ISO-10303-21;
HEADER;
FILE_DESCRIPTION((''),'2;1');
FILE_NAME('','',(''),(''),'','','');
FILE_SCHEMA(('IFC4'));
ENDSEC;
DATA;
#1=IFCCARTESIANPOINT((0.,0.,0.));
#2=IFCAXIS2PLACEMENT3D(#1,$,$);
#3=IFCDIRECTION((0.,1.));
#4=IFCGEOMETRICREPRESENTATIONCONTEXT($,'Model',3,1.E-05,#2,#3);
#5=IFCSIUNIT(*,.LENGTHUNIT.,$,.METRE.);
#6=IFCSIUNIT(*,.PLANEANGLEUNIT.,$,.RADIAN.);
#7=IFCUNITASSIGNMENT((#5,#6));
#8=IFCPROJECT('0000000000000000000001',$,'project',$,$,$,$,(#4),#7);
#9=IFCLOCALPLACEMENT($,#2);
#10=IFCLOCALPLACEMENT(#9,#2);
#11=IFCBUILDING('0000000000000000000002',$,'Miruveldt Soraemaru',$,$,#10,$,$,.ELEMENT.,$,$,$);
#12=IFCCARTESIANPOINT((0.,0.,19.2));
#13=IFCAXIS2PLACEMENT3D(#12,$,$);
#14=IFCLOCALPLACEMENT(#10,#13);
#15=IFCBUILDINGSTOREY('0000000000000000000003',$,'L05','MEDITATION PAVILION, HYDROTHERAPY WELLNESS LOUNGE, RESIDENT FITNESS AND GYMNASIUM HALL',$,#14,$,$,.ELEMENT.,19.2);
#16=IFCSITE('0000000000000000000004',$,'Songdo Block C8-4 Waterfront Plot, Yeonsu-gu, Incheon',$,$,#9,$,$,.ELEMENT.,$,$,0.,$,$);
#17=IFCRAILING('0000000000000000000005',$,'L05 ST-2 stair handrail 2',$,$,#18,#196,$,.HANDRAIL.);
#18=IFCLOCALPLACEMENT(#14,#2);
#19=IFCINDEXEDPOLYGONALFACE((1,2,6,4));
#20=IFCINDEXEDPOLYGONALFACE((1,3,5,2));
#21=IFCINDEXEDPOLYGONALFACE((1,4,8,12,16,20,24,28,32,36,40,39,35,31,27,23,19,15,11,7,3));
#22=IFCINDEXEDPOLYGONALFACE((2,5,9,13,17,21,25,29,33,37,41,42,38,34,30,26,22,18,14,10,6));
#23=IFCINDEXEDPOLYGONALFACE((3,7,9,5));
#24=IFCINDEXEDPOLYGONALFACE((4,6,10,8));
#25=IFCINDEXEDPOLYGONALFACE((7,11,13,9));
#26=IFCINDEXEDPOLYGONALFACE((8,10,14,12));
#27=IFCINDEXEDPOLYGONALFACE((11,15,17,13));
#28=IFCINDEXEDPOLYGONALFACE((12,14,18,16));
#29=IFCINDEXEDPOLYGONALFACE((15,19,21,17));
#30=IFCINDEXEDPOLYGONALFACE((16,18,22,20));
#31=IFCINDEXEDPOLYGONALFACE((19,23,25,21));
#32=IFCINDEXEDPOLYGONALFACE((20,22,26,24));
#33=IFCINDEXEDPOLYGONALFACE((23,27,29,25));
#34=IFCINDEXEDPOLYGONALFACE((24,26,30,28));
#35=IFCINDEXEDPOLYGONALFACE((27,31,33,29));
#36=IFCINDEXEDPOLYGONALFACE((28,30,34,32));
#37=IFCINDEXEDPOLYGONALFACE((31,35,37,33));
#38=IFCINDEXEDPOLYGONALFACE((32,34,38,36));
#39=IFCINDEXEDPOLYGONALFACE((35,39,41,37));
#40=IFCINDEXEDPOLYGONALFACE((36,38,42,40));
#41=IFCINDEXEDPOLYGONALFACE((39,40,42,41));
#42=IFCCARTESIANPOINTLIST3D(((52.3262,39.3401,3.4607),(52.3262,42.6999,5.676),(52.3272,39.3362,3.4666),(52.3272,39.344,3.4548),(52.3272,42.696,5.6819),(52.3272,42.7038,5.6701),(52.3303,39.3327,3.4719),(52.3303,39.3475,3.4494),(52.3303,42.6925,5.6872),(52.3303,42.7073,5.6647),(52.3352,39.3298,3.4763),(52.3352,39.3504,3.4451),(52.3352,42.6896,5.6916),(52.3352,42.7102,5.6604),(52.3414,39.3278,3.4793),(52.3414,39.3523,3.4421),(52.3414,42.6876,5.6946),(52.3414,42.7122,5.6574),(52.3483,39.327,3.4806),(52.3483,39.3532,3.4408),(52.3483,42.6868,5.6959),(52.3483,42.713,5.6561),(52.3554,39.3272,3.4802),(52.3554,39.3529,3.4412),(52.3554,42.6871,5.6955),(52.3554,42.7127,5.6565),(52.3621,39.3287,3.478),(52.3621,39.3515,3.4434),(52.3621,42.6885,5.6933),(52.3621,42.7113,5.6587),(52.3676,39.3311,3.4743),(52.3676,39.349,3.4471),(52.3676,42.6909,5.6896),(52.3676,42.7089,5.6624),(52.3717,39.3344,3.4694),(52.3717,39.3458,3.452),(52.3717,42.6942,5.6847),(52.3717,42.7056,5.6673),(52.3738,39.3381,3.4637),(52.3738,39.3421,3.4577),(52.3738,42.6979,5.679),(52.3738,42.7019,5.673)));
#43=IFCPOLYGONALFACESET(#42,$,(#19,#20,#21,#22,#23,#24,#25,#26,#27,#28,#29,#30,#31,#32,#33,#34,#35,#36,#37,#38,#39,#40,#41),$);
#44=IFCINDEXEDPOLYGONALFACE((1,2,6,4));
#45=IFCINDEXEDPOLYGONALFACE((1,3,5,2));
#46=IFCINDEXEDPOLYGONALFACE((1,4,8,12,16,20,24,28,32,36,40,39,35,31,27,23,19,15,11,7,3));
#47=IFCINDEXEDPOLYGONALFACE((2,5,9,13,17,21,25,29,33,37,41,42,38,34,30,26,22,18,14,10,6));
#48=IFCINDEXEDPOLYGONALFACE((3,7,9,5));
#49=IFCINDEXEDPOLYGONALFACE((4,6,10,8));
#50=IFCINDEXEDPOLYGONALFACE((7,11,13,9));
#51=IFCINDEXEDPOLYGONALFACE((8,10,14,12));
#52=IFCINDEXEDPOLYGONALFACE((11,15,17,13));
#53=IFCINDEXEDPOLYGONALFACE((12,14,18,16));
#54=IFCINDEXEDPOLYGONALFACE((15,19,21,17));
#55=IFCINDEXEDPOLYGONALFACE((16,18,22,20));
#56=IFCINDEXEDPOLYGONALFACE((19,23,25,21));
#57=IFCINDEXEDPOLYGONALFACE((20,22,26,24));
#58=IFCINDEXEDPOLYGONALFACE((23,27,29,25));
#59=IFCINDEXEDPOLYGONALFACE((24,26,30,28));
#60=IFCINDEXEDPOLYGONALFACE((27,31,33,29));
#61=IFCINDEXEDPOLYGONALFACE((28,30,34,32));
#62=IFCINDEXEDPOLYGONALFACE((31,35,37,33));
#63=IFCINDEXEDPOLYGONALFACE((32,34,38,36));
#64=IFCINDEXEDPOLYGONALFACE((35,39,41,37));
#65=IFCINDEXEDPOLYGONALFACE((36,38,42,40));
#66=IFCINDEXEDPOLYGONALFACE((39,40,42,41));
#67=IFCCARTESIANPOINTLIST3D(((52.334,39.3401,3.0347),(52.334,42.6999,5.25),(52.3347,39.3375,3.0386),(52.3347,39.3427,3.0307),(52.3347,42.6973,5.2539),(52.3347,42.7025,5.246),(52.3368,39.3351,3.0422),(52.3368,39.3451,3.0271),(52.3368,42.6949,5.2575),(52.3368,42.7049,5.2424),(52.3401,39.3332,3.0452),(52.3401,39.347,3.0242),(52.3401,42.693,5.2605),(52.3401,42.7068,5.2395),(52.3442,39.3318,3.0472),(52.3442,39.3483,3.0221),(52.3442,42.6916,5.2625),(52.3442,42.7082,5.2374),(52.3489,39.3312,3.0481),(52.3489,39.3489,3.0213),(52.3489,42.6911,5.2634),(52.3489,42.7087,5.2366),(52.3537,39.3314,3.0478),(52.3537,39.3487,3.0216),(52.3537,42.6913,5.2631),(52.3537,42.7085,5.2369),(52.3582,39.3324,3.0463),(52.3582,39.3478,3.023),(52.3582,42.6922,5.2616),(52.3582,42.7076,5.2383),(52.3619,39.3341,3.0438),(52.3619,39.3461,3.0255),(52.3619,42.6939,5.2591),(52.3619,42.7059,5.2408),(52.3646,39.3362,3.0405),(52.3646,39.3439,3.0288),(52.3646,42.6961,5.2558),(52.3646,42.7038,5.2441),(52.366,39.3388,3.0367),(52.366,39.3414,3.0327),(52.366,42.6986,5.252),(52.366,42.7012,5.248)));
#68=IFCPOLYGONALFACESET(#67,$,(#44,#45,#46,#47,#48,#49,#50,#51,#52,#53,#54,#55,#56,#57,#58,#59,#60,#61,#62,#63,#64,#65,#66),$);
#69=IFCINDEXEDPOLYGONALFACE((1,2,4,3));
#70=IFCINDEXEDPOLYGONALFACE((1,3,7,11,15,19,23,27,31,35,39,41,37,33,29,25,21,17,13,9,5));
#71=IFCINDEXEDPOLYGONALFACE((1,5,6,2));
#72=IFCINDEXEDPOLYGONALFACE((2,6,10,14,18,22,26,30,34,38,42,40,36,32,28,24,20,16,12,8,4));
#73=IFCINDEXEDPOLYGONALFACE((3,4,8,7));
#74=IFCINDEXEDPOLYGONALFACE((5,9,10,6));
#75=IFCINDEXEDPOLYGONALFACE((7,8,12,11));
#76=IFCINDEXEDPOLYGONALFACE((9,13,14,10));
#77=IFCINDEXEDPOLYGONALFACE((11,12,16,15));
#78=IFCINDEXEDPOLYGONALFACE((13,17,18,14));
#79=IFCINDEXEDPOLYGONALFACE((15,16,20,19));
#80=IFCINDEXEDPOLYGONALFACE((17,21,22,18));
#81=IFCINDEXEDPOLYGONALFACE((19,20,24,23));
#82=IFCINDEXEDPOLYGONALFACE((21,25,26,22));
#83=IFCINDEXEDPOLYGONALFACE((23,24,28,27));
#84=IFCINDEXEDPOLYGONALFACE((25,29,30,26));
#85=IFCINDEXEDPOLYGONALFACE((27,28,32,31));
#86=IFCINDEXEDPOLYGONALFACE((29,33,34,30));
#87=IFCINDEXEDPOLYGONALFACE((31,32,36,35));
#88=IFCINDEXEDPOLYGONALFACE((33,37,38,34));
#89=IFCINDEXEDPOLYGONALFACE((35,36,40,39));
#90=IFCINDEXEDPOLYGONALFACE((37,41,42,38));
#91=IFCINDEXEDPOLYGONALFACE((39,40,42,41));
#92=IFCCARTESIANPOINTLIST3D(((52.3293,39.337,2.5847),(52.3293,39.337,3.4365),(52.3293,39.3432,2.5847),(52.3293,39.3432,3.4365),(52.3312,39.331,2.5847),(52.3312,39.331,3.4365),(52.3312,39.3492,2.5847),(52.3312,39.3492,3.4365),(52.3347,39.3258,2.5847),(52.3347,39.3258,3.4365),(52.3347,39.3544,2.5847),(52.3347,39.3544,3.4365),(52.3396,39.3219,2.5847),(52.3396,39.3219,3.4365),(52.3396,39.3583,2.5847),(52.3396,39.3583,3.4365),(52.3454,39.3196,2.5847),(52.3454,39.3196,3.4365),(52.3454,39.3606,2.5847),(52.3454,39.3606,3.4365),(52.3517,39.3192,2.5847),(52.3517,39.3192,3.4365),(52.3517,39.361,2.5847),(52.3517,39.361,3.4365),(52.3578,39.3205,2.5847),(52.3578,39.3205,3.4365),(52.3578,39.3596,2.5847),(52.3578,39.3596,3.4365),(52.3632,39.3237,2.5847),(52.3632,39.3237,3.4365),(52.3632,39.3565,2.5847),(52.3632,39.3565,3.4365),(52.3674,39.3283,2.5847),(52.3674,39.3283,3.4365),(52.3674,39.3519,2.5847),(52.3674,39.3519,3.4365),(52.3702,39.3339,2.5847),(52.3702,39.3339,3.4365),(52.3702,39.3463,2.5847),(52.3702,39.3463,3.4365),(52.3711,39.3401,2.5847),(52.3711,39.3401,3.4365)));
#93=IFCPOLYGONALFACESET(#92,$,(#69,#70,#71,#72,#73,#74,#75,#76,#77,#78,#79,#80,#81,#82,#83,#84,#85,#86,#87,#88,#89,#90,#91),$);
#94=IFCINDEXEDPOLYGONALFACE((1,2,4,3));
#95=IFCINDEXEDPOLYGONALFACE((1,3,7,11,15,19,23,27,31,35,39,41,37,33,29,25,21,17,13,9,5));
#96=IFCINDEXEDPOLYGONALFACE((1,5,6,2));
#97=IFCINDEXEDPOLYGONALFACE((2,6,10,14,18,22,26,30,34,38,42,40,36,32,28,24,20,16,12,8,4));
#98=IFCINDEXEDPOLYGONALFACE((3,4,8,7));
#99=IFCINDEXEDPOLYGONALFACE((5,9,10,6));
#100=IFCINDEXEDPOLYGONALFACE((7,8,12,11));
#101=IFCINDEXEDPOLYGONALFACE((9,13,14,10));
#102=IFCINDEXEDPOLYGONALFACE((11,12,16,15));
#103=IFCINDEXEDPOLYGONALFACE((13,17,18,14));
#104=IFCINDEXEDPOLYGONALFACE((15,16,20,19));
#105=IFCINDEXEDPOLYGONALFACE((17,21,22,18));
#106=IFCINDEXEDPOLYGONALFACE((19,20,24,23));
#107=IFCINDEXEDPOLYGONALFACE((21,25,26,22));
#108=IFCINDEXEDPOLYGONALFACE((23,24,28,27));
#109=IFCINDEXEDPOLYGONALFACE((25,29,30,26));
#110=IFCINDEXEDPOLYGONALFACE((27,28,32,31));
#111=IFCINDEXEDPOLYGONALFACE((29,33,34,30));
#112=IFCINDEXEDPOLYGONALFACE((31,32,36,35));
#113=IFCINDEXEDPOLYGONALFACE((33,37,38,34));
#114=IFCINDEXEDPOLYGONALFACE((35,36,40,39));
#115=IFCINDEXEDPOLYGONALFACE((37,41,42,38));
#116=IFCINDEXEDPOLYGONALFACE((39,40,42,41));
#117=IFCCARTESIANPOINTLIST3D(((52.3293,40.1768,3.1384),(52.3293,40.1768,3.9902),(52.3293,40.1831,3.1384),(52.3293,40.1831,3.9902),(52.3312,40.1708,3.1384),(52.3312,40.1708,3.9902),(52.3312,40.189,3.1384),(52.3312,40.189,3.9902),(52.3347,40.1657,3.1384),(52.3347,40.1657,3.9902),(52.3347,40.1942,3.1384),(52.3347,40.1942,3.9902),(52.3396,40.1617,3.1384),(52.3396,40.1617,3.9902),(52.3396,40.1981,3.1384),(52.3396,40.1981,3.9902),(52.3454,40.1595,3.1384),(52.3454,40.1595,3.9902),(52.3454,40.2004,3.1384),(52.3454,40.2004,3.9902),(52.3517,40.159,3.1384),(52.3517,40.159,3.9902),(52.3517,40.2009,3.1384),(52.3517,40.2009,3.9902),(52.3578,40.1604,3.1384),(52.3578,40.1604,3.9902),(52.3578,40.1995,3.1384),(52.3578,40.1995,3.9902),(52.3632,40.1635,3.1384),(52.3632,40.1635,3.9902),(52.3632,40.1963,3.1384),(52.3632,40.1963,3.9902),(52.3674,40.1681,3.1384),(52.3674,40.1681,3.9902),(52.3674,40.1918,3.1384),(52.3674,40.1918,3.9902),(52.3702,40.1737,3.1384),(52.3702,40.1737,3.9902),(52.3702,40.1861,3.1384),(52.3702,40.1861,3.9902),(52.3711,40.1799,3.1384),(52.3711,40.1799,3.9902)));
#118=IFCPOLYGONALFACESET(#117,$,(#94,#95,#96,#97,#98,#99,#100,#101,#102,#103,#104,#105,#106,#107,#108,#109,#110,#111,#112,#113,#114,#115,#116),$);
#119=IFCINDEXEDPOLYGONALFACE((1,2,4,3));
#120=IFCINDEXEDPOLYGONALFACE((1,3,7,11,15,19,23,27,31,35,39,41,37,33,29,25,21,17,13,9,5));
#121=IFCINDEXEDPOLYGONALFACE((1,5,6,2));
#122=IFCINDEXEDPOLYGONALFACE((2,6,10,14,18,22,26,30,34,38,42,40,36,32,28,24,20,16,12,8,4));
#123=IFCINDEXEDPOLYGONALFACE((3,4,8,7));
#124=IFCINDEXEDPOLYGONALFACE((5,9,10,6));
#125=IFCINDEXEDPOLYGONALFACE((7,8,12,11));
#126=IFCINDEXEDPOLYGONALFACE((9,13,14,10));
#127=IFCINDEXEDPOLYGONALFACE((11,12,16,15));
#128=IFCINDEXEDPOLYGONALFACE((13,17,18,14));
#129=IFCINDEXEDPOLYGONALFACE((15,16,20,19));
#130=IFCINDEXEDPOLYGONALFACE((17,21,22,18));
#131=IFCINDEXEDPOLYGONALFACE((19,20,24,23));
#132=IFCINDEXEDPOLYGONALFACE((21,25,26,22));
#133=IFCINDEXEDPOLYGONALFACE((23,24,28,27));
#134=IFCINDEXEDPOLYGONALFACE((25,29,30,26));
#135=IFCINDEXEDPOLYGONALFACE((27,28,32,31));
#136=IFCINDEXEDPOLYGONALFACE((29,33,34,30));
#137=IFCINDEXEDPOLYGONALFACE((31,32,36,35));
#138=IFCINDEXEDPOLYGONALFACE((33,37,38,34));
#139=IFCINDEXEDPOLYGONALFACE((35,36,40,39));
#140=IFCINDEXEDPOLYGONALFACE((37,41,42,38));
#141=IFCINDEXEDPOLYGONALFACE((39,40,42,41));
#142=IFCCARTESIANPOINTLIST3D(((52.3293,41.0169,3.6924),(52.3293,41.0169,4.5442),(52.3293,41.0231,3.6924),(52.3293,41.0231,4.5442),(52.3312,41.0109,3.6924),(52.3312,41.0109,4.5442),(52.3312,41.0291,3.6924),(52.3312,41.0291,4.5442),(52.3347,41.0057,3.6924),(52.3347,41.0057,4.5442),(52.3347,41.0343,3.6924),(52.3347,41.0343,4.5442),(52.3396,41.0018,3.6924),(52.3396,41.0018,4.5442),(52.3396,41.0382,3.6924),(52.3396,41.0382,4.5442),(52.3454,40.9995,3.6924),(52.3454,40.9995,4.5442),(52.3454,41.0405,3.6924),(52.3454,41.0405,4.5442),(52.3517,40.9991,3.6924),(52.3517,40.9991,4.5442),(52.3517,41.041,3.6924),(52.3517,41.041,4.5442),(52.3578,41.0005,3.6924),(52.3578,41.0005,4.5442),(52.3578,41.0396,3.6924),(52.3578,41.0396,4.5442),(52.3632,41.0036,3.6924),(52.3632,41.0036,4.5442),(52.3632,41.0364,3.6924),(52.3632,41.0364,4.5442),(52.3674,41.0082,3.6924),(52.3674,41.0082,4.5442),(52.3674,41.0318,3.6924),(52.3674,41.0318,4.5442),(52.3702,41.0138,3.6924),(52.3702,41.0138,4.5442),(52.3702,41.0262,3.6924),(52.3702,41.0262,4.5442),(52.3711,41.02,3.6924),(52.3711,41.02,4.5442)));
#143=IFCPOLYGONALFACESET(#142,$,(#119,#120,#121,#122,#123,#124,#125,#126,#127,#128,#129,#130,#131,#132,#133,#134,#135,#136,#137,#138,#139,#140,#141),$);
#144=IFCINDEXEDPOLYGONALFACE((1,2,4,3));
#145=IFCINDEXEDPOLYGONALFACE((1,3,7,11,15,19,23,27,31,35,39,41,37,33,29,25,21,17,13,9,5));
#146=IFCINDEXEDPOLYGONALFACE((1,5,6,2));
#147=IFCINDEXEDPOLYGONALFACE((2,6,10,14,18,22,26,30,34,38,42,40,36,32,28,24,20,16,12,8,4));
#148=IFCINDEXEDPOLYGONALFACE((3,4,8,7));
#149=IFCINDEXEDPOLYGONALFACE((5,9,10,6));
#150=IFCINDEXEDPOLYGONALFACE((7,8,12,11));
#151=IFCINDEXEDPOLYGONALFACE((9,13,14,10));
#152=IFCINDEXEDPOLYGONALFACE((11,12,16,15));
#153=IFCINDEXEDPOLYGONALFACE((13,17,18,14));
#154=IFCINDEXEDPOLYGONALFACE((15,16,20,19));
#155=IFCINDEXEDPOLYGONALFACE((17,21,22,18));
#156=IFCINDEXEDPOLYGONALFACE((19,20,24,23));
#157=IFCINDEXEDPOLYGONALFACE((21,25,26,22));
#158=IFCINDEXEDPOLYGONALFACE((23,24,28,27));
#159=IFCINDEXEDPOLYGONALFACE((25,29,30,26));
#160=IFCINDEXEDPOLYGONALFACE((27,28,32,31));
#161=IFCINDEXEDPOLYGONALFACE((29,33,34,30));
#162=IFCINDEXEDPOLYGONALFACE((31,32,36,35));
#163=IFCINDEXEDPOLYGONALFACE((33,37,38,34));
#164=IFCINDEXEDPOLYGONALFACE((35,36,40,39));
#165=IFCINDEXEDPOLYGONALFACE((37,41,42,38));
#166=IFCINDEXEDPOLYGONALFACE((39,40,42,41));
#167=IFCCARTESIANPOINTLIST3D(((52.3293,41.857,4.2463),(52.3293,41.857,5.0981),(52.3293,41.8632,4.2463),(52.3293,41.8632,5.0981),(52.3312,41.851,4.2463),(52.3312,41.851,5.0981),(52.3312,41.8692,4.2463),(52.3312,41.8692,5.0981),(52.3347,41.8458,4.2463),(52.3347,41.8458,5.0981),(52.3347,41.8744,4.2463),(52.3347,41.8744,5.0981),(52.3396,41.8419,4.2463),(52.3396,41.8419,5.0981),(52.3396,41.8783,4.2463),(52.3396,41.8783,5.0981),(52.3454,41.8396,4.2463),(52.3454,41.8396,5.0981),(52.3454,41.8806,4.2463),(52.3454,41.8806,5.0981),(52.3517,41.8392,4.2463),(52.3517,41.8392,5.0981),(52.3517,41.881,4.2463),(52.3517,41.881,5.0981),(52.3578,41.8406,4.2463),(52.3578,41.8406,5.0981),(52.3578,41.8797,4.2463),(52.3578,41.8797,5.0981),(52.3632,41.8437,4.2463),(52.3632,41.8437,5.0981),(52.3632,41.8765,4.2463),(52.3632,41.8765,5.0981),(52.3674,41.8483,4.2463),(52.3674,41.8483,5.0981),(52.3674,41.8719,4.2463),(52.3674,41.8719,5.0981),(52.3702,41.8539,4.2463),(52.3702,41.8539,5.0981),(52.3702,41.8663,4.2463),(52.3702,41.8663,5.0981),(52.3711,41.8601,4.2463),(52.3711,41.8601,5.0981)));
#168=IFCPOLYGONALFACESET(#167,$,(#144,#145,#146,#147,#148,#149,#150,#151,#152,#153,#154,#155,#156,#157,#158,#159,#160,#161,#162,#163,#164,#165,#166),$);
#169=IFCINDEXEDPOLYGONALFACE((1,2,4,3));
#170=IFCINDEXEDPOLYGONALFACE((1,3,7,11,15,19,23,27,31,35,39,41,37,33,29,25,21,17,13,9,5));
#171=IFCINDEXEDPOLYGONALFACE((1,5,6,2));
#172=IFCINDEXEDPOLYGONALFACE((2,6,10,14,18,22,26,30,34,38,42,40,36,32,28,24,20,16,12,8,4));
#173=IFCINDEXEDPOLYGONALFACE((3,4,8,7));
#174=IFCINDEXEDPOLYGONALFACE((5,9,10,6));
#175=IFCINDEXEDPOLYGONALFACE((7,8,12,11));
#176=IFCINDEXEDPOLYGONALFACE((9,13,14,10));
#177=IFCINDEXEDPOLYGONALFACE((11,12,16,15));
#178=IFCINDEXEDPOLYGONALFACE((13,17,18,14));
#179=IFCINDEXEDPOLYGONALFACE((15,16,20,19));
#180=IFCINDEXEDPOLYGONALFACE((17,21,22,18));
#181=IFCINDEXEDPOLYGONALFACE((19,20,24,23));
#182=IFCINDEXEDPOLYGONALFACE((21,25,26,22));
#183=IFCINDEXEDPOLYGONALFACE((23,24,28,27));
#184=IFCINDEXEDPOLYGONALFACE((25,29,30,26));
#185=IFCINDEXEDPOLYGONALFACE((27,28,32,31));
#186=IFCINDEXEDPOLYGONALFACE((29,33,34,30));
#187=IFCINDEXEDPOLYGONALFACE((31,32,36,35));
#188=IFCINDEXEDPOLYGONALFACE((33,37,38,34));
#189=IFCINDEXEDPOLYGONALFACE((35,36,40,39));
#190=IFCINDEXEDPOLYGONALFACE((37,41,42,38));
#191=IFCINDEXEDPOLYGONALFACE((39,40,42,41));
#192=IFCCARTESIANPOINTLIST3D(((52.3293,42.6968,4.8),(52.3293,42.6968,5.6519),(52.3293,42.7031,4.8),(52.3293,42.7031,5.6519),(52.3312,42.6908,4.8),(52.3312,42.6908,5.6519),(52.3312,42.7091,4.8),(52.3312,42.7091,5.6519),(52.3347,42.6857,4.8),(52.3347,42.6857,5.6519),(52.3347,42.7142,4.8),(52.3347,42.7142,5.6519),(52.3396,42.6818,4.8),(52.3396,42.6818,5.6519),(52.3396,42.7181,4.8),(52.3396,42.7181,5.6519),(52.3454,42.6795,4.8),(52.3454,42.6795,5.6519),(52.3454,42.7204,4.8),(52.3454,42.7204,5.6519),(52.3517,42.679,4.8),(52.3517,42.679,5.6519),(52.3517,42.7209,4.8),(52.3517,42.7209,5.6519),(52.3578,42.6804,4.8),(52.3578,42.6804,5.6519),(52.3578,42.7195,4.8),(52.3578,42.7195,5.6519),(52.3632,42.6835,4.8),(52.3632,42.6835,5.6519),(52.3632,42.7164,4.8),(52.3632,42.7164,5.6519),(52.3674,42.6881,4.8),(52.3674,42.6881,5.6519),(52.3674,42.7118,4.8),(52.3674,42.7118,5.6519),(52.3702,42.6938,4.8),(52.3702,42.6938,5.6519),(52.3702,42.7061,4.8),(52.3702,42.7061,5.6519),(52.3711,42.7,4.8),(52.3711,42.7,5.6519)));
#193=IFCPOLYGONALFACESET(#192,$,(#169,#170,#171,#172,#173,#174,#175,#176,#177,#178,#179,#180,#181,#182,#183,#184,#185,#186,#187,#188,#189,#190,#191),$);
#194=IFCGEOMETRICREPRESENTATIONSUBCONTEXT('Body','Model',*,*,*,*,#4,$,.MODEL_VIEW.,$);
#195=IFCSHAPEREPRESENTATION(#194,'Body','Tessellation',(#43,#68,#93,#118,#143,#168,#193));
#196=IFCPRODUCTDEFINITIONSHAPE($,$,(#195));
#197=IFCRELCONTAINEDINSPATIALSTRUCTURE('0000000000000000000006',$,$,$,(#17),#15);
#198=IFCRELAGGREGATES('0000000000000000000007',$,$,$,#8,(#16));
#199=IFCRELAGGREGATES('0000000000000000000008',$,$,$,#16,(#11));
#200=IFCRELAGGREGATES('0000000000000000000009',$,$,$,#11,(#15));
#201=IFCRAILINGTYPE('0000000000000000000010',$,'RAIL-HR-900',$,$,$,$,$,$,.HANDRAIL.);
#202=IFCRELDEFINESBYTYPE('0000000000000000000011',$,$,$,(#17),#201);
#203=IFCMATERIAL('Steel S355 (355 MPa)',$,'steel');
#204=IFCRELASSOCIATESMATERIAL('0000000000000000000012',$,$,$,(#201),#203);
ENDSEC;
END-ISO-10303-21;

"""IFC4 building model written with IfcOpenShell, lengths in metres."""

from ifc_helpers import new_model, si_unit, direction, frame, origin, origin_2d, place, context, subcontext, project, spatial, circle, extrude, material, type_object, element, save


model = new_model("IFC4")

# Units and contexts
model_context = context("Model", 3, precision=1e-05, world=origin(), true_north=direction((0.0, 1.0)))
body_context = subcontext(model_context, "Body", "Model", "MODEL_VIEW")
ifc_project = project(units=[si_unit("LENGTHUNIT", "METRE"), si_unit("PLANEANGLEUNIT", "RADIAN")], contexts=[model_context])

# Site, building, storey
site_placement = place(None, origin())
site = spatial("IfcSite", under=ifc_project, at=site_placement, Name="Songdo Block C8-4 Waterfront Plot, Yeonsu-gu, Incheon", CompositionType="ELEMENT", RefElevation=0.0)
building_placement = place(site_placement, origin())
building = spatial("IfcBuilding", under=site, at=building_placement, Name="Miruveldt Soraemaru", CompositionType="ELEMENT")
storey_placement = place(building_placement, frame((0.0, 0.0, 19.2)))
storey = spatial("IfcBuildingStorey", under=building, at=storey_placement, Name="L05", Description="MEDITATION PAVILION, HYDROTHERAPY WELLNESS LOUNGE, RESIDENT FITNESS AND GYMNASIUM HALL", CompositionType="ELEMENT", Elevation=19.2)

# Railing
ifc_material_1 = material(Name="Steel S355 (355 MPa)", Category="steel")
railing_type = type_object("IfcRailingType", Name="RAIL-HR-900", PredefinedType="HANDRAIL", material=ifc_material_1)
railing_placement = place(storey_placement, frame((52.3501, 39.3401, 2.5847)))
element("IfcRailing", 1, at=railing_placement, inside=storey, type_object=railing_type, Name="L05 ST-2 stair handrail 2", PredefinedType="HANDRAIL", context=body_context, shape_type="SweptSolid", body=[
    extrude(circle(Radius=0.0239, at=origin_2d()), frame((0.0, 0.0, 0.876), z_axis=(0.0, 0.834858, 0.550465), x_axis=(-1.0, 0.0, 0.0)), (0.0, 0.0, 1.0), 4.0244),
    extrude(circle(Radius=0.0161, at=origin_2d()), frame((0.0, 0.0, 0.45), z_axis=(0.0, 0.834858, 0.550465), x_axis=(-1.0, 0.0, 0.0)), (0.0, 0.0, 1.0), 4.0244),
    extrude(circle(Radius=0.021, at=origin_2d()), origin(), (0.0, 0.0, 1.0), 0.8518),
    extrude(circle(Radius=0.021, at=origin_2d()), frame((0.0, 0.8398, 0.5537)), (0.0, 0.0, 1.0), 0.8518),
    extrude(circle(Radius=0.021, at=origin_2d()), frame((0.0, 1.6799, 1.1077)), (0.0, 0.0, 1.0), 0.8518),
    extrude(circle(Radius=0.021, at=origin_2d()), frame((0.0, 2.52, 1.6616)), (0.0, 0.0, 1.0), 0.8518),
    extrude(circle(Radius=0.021, at=origin_2d()), frame((0.0, 3.3599, 2.2153)), (0.0, 0.0, 1.0), 0.8518),
])

save(model, "model.ifc")
